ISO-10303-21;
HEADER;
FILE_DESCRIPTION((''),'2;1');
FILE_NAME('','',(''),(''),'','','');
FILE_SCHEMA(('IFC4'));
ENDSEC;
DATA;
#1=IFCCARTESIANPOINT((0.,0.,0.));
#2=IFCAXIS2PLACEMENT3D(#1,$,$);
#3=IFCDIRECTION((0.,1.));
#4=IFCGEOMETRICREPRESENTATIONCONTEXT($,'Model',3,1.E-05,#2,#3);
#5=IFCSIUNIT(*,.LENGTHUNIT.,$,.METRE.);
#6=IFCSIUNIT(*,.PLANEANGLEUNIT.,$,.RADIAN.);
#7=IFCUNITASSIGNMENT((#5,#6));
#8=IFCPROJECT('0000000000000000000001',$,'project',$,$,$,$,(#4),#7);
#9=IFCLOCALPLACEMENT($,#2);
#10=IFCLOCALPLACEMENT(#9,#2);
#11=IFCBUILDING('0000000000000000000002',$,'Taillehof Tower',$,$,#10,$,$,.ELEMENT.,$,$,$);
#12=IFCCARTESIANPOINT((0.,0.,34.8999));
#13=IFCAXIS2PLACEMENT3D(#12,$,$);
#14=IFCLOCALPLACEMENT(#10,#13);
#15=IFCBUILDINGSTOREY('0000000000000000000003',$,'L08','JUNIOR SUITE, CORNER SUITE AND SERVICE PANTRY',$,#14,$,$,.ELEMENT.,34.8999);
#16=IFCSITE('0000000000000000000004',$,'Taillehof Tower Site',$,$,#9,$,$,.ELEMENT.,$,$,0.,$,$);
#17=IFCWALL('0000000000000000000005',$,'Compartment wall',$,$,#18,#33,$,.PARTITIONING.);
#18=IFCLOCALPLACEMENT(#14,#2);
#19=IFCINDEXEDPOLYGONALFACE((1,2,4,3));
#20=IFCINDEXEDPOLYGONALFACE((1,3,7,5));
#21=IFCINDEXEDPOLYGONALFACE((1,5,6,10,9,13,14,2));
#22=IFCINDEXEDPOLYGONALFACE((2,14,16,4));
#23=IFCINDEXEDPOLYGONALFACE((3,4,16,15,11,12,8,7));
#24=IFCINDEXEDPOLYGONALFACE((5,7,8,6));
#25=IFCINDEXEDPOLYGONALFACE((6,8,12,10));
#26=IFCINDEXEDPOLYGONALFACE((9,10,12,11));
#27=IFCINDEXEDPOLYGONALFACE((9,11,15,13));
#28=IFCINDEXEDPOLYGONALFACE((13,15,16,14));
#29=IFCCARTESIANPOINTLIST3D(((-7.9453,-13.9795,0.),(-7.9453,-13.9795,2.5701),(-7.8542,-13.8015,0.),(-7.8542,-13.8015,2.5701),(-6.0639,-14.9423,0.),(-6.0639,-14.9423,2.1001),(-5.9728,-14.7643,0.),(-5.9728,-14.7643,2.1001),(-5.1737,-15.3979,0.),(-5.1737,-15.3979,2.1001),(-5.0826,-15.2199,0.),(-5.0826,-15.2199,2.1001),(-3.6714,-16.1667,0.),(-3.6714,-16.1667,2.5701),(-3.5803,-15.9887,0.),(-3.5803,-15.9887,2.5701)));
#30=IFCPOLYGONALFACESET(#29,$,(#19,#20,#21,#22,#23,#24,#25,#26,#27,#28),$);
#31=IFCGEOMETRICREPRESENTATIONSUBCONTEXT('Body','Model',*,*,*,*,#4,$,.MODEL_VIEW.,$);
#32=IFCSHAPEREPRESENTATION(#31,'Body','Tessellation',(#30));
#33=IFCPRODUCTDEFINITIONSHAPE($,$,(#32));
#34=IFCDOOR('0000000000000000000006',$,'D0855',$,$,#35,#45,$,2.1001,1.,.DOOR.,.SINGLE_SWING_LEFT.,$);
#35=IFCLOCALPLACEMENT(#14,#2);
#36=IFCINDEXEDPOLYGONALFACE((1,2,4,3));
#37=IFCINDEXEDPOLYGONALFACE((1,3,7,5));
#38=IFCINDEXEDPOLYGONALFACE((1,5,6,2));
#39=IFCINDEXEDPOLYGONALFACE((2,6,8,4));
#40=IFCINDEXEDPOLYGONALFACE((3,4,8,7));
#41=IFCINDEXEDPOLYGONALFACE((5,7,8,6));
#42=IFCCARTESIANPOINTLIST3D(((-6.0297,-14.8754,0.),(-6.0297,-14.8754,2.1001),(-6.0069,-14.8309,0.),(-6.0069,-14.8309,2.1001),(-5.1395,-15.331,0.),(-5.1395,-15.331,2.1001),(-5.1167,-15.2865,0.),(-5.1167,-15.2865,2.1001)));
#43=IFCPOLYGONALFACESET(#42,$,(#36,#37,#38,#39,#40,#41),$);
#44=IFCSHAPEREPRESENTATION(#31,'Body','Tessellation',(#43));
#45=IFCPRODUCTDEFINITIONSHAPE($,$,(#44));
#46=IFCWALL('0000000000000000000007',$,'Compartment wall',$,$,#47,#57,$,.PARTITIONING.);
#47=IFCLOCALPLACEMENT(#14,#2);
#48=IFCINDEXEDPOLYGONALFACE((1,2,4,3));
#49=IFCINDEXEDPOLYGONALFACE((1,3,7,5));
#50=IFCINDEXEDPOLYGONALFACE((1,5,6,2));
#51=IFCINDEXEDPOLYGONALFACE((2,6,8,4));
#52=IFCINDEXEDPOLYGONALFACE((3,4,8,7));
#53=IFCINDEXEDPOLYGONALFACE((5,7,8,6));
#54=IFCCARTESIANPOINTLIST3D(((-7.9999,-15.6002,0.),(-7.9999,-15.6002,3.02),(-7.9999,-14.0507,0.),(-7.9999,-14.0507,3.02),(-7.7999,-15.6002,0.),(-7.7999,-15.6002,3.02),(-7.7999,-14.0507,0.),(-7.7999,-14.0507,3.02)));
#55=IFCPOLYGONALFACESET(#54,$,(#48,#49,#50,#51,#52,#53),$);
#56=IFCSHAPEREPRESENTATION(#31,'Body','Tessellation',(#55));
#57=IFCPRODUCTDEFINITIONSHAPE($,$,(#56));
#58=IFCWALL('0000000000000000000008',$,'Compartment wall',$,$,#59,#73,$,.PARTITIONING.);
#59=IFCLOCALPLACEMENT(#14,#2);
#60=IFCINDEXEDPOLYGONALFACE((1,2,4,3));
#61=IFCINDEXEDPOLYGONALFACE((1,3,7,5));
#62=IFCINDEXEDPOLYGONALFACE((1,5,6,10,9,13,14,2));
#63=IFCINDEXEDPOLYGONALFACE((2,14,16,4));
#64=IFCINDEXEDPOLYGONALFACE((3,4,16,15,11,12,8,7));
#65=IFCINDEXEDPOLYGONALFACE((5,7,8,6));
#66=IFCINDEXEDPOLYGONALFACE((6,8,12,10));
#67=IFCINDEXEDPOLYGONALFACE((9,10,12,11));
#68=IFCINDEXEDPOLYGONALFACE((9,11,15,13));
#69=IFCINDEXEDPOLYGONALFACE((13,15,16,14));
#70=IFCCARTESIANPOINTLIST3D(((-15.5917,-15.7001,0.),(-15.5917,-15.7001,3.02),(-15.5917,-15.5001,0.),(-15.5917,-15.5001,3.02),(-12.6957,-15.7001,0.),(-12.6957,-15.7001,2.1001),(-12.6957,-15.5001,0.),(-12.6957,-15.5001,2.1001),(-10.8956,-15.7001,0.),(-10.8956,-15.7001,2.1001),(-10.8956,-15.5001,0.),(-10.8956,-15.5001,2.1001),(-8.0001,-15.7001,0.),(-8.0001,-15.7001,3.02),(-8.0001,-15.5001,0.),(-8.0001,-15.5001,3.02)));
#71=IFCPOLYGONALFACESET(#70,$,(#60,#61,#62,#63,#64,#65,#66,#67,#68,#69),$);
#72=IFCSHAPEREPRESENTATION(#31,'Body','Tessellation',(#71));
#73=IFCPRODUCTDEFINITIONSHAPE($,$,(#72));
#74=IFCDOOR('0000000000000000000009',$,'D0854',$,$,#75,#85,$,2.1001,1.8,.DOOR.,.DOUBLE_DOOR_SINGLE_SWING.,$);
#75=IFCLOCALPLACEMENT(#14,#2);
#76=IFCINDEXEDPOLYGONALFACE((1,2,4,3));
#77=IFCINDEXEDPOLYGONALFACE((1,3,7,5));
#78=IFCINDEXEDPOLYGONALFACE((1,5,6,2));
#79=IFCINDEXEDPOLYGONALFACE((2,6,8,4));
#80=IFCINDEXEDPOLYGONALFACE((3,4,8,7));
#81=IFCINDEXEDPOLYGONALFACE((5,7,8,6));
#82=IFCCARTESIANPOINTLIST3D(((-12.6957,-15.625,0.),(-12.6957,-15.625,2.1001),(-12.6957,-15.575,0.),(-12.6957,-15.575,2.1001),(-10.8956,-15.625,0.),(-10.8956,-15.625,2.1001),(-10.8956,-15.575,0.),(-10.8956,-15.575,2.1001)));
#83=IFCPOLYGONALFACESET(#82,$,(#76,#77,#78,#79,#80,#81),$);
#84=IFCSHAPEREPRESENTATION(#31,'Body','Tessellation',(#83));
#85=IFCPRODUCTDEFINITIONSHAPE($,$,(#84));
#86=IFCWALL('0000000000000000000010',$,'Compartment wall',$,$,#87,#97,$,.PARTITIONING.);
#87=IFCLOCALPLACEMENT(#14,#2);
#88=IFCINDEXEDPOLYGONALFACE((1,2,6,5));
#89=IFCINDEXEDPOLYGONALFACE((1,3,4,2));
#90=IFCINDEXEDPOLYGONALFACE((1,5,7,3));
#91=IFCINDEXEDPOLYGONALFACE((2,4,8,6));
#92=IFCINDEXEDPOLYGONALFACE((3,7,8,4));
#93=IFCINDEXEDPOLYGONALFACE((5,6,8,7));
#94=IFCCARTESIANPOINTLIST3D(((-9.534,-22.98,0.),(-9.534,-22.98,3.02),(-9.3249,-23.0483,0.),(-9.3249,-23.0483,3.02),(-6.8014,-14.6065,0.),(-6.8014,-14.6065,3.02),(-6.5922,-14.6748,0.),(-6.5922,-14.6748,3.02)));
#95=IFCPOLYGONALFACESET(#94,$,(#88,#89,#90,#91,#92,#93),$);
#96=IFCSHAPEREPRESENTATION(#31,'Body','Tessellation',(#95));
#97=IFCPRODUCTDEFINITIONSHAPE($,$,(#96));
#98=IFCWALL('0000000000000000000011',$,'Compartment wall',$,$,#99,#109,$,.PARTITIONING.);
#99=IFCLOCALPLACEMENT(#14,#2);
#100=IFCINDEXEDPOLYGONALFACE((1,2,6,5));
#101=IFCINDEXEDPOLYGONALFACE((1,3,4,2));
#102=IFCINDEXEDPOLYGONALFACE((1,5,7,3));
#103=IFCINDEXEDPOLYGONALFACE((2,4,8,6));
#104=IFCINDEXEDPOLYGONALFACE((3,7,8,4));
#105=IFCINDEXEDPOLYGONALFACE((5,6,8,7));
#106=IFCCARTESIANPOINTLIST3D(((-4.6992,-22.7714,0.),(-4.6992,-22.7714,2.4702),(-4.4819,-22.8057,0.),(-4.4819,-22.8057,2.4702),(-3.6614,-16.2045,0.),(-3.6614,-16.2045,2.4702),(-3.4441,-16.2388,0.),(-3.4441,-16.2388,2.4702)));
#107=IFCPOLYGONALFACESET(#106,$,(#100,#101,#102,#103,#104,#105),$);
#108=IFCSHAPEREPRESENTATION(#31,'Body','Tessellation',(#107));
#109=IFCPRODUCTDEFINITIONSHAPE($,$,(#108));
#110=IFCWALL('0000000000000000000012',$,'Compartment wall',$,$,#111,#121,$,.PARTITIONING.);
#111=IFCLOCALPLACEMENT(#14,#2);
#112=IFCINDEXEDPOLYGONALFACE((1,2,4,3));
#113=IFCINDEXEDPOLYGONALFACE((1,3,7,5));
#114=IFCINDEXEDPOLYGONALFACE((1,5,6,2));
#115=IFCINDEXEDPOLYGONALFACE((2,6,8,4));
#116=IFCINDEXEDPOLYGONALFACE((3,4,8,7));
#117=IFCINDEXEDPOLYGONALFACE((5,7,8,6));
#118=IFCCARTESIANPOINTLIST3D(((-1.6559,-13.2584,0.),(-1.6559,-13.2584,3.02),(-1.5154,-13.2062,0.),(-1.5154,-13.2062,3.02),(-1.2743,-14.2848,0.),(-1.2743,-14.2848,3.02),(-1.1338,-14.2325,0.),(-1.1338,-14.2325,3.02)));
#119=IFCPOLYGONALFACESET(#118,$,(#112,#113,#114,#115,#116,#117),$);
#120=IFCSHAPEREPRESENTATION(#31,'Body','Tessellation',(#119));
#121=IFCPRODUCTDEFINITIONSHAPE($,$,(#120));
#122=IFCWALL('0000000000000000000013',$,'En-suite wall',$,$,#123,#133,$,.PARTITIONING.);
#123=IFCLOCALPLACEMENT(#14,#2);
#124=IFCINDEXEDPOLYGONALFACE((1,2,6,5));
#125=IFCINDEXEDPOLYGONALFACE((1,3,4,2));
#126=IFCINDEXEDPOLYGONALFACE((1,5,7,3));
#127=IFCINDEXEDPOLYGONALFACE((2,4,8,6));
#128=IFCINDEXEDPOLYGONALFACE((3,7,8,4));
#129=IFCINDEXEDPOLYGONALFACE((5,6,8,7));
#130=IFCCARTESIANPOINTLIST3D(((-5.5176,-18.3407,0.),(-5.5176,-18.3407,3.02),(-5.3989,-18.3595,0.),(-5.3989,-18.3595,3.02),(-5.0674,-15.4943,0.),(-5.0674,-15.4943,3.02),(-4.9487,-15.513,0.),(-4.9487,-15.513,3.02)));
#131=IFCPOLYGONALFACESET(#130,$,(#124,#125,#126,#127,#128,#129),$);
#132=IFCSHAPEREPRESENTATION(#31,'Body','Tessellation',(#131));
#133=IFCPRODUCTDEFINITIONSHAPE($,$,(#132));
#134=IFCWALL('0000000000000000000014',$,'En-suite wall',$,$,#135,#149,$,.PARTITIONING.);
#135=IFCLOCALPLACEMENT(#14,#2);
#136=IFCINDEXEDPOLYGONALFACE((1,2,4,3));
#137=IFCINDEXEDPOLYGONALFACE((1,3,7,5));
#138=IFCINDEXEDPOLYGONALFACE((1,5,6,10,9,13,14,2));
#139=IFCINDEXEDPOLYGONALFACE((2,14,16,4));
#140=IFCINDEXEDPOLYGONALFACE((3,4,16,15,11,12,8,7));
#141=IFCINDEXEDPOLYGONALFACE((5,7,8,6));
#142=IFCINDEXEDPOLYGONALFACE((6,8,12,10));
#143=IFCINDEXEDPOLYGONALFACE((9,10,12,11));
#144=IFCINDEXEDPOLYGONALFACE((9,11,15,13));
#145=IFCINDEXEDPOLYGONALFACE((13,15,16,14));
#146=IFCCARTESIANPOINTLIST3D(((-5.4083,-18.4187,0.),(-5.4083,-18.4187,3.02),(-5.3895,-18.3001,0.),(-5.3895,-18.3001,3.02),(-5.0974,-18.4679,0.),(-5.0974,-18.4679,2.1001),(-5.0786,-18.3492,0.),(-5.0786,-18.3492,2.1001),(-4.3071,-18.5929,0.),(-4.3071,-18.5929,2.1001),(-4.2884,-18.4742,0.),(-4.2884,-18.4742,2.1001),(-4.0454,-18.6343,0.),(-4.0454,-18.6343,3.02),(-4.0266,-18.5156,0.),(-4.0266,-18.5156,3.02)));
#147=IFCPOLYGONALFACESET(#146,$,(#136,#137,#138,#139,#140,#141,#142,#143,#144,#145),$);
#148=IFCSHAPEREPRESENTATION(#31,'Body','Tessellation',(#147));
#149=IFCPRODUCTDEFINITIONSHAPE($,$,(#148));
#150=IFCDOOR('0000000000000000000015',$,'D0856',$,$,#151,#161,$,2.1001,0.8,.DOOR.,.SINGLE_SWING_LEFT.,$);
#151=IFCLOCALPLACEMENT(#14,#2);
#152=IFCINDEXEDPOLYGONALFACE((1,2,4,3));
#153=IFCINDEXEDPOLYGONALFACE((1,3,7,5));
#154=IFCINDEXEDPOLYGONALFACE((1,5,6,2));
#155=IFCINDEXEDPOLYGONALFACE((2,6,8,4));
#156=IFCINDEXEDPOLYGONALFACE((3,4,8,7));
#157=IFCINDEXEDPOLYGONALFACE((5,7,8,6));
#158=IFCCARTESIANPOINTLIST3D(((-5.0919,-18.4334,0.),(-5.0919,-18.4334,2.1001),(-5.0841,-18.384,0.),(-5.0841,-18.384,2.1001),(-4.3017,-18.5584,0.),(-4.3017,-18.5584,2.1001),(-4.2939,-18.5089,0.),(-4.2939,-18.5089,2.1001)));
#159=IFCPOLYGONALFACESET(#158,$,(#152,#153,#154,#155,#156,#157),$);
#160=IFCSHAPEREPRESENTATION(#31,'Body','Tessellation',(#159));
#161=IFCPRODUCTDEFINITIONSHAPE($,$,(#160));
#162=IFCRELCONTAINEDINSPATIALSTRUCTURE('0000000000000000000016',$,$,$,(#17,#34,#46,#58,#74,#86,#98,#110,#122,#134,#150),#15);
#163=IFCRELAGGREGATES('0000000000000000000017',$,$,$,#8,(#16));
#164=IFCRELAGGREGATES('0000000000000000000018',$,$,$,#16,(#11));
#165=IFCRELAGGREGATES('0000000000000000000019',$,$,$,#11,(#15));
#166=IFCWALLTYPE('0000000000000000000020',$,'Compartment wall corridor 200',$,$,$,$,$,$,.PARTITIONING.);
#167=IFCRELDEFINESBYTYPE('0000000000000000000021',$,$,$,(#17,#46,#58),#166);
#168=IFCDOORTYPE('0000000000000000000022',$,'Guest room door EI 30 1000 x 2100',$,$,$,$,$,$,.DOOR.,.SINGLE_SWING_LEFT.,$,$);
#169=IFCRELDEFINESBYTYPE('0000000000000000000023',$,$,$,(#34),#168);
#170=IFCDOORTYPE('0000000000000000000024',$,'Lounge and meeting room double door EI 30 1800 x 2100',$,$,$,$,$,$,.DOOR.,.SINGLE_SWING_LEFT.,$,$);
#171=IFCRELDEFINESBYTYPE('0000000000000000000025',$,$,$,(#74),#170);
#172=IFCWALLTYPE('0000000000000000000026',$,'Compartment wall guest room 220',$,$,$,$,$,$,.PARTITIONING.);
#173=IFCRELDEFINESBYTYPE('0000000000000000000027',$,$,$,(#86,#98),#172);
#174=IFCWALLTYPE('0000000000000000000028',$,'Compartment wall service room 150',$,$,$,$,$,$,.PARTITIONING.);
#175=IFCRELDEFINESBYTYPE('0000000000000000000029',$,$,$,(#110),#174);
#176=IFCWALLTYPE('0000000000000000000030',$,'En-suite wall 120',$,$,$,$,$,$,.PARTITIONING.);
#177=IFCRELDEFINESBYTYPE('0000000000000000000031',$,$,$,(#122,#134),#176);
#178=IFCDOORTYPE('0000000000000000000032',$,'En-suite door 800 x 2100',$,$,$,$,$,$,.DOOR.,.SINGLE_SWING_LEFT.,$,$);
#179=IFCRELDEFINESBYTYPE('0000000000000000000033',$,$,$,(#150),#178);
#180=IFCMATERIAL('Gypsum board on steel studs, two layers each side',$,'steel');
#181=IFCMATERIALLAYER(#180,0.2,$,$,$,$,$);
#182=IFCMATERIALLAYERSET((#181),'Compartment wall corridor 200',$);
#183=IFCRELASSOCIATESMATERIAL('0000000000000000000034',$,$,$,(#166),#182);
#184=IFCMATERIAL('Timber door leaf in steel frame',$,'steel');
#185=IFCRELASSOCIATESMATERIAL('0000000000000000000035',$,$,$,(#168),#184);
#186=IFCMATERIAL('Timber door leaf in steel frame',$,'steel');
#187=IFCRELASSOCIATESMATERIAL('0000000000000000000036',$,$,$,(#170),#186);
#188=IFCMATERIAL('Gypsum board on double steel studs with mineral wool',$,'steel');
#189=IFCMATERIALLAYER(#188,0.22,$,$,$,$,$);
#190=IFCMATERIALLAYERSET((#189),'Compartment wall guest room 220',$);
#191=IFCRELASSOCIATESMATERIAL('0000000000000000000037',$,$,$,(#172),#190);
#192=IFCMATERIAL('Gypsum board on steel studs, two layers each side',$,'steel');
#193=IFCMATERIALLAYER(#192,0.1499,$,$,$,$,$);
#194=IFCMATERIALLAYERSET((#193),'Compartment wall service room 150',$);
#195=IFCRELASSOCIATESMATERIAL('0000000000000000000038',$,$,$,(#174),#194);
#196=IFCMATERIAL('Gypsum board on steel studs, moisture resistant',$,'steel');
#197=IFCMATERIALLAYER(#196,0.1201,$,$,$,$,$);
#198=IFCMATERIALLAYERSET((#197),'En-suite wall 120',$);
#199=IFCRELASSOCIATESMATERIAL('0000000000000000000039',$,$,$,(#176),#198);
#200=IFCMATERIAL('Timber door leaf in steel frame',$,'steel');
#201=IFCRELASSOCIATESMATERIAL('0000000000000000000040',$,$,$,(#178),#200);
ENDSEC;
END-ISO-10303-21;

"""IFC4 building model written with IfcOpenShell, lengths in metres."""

from ifc_helpers import new_model, si_unit, direction, frame, frame_2d, origin, place, context, subcontext, project, spatial, rectangle, extrude, material, layer, layer_set, type_object, element, fill, save


model = new_model("IFC4")

# Units and contexts
model_context = context("Model", 3, precision=1e-05, world=origin(), true_north=direction((0.0, 1.0)))
body_context = subcontext(model_context, "Body", "Model", "MODEL_VIEW")
ifc_project = project(units=[si_unit("LENGTHUNIT", "METRE"), si_unit("PLANEANGLEUNIT", "RADIAN")], contexts=[model_context])

# Site, building, storey
site_placement = place(None, origin())
site = spatial("IfcSite", under=ifc_project, at=site_placement, Name="Taillehof Tower Site", CompositionType="ELEMENT", RefElevation=0.0)
building_placement = place(site_placement, origin())
building = spatial("IfcBuilding", under=site, at=building_placement, Name="Taillehof Tower", CompositionType="ELEMENT")
storey_placement = place(building_placement, frame((0.0, 0.0, 34.8999)))
storey = spatial("IfcBuildingStorey", under=building, at=storey_placement, Name="L08", Description="JUNIOR SUITE, CORNER SUITE AND SERVICE PANTRY", CompositionType="ELEMENT", Elevation=34.8999)

# Wall, opening, door
ifc_material_1 = material(Name="Gypsum board on steel studs, two layers each side", Category="steel")
ifc_layer_1 = layer(ifc_material_1, 0.2)
ifc_layer_set_1 = layer_set([ifc_layer_1], Name="Compartment wall corridor 200")
wall_type_1 = type_object("IfcWallType", Name="Compartment wall corridor 200", PredefinedType="PARTITIONING", material=ifc_layer_set_1)
wall_1_placement = place(storey_placement, frame((-3.626, -16.0776, 0.0), z_axis=(0.0, 0.0, 1.0), x_axis=(-0.890198, 0.455574, 0.0)))
wall_1 = element("IfcWall", 1, at=wall_1_placement, inside=storey, type_object=wall_type_1, Name="Compartment wall", PredefinedType="PARTITIONING", context=body_context, shape_type="SweptSolid", body=[
    extrude(rectangle(XDim=4.801, YDim=0.2, at=frame_2d((2.4004, 0.0))), origin(), (0.0, 0.0, 1.0), 2.5701),
])
opening_1_placement = place(wall_1_placement, frame((1.6875, 0.0, 0.0)))
opening_1 = element("IfcOpeningElement", 2, at=opening_1_placement, cuts=wall_1, PredefinedType="OPENING", context=body_context, shape_type="SweptSolid", body=[
    extrude(rectangle(XDim=1.0, YDim=2.1001, at=frame_2d((0.5, 1.05))), frame((0.0, 0.1099, 0.0), z_axis=(0.0, -1.0, 0.0), x_axis=(1.0, 0.0, 0.0)), (0.0, 0.0, 1.0), 0.22),
])
ifc_material_2 = material(Name="Timber door leaf in steel frame", Category="steel")
door_type_1 = type_object("IfcDoorType", Name="Guest room door EI 30 1000 x 2100", OperationType="SINGLE_SWING_LEFT", PredefinedType="DOOR", material=ifc_material_2)
door_1_placement = place(opening_1_placement, origin())
door_1 = element("IfcDoor", 3, at=door_1_placement, inside=storey, type_object=door_type_1, Name="D0855", OperationType="SINGLE_SWING_LEFT", OverallHeight=2.1001, OverallWidth=1.0, PredefinedType="DOOR", context=body_context, shape_type="SweptSolid", body=[
    extrude(rectangle(XDim=1.0, YDim=2.1001, at=frame_2d((0.5, 1.05))), frame((0.0, 0.0249, 0.0), z_axis=(0.0, -1.0, 0.0), x_axis=(1.0, 0.0, 0.0)), (0.0, 0.0, 1.0), 0.05),
])
fill(opening_1, door_1)

# Wall
wall_2_placement = place(storey_placement, frame((-7.8999, -14.0505, 0.0), z_axis=(0.0, 0.0, 1.0), x_axis=(0.0, -1.0, 0.0)))
element("IfcWall", 4, at=wall_2_placement, inside=storey, type_object=wall_type_1, Name="Compartment wall", PredefinedType="PARTITIONING", context=body_context, shape_type="SweptSolid", body=[
    extrude(rectangle(XDim=1.5496, YDim=0.2, at=frame_2d((0.7749, 0.0))), origin(), (0.0, 0.0, 1.0), 3.02),
])

# Wall, opening, door
wall_3_placement = place(storey_placement, frame((-8.0, -15.6001, 0.0), z_axis=(0.0, 0.0, 1.0), x_axis=(-1.0, 0.0, 0.0)))
wall_3 = element("IfcWall", 5, at=wall_3_placement, inside=storey, type_object=wall_type_1, Name="Compartment wall", PredefinedType="PARTITIONING", context=body_context, shape_type="SweptSolid", body=[
    extrude(rectangle(XDim=7.5916, YDim=0.2, at=frame_2d((3.7959, 0.0))), origin(), (0.0, 0.0, 1.0), 3.02),
])
opening_2_placement = place(wall_3_placement, frame((2.8958, 0.0, 0.0)))
opening_2 = element("IfcOpeningElement", 6, at=opening_2_placement, cuts=wall_3, PredefinedType="OPENING", context=body_context, shape_type="SweptSolid", body=[
    extrude(rectangle(XDim=1.8, YDim=2.1001, at=frame_2d((0.8999, 1.05))), frame((0.0, 0.1099, 0.0), z_axis=(0.0, -1.0, 0.0), x_axis=(1.0, 0.0, 0.0)), (0.0, 0.0, 1.0), 0.22),
])
ifc_material_3 = material(Name="Timber door leaf in steel frame", Category="steel")
door_type_2 = type_object("IfcDoorType", Name="Lounge and meeting room double door EI 30 1800 x 2100", OperationType="SINGLE_SWING_LEFT", PredefinedType="DOOR", material=ifc_material_3)
door_2_placement = place(opening_2_placement, origin())
door_2 = element("IfcDoor", 7, at=door_2_placement, inside=storey, type_object=door_type_2, Name="D0854", OperationType="DOUBLE_DOOR_SINGLE_SWING", OverallHeight=2.1001, OverallWidth=1.8, PredefinedType="DOOR", context=body_context, shape_type="SweptSolid", body=[
    extrude(rectangle(XDim=1.8, YDim=2.1001, at=frame_2d((0.8999, 1.05))), frame((0.0, 0.0249, 0.0), z_axis=(0.0, -1.0, 0.0), x_axis=(1.0, 0.0, 0.0)), (0.0, 0.0, 1.0), 0.05),
])
fill(opening_2, door_2)

# Walls
ifc_material_4 = material(Name="Gypsum board on double steel studs with mineral wool", Category="steel")
ifc_layer_2 = layer(ifc_material_4, 0.22)
ifc_layer_set_2 = layer_set([ifc_layer_2], Name="Compartment wall guest room 220")
wall_type_2 = type_object("IfcWallType", Name="Compartment wall guest room 220", PredefinedType="PARTITIONING", material=ifc_layer_set_2)
wall_4_placement = place(storey_placement, frame((-9.4294, -23.0142, 0.0), z_axis=(0.0, 0.0, 1.0), x_axis=(0.310243, 0.950657, 0.0)))
element("IfcWall", 8, at=wall_4_placement, inside=storey, type_object=wall_type_2, Name="Compartment wall", PredefinedType="PARTITIONING", context=body_context, shape_type="SweptSolid", body=[
    extrude(rectangle(XDim=8.8081, YDim=0.22, at=frame_2d((4.4041, 0.0))), origin(), (0.0, 0.0, 1.0), 3.02),
])
wall_5_placement = place(storey_placement, frame((-4.5906, -22.7886, 0.0), z_axis=(0.0, 0.0, 1.0), x_axis=(0.156104, 0.987741, 0.0)))
element("IfcWall", 9, at=wall_5_placement, inside=storey, type_object=wall_type_2, Name="Compartment wall", PredefinedType="PARTITIONING", context=body_context, shape_type="SweptSolid", body=[
    extrude(rectangle(XDim=6.6484, YDim=0.22, at=frame_2d((3.3242, 0.0))), origin(), (0.0, 0.0, 1.0), 2.4702),
])
ifc_material_5 = material(Name="Gypsum board on steel studs, two layers each side", Category="steel")
ifc_layer_3 = layer(ifc_material_5, 0.1499)
ifc_layer_set_3 = layer_set([ifc_layer_3], Name="Compartment wall service room 150")
wall_type_3 = type_object("IfcWallType", Name="Compartment wall service room 150", PredefinedType="PARTITIONING", material=ifc_layer_set_3)
wall_6_placement = place(storey_placement, frame((-1.2041, -14.2585, 0.0), z_axis=(0.0, 0.0, 1.0), x_axis=(-0.348483, 0.937315, 0.0)))
element("IfcWall", 10, at=wall_6_placement, inside=storey, type_object=wall_type_3, Name="Compartment wall", PredefinedType="PARTITIONING", context=body_context, shape_type="SweptSolid", body=[
    extrude(rectangle(XDim=1.095, YDim=0.1499, at=frame_2d((0.5474, 0.0))), origin(), (0.0, 0.0, 1.0), 3.02),
])
ifc_material_6 = material(Name="Gypsum board on steel studs, moisture resistant", Category="steel")
ifc_layer_4 = layer(ifc_material_6, 0.1201)
ifc_layer_set_4 = layer_set([ifc_layer_4], Name="En-suite wall 120")
wall_type_4 = type_object("IfcWallType", Name="En-suite wall 120", PredefinedType="PARTITIONING", material=ifc_layer_set_4)
wall_7_placement = place(storey_placement, frame((-5.0081, -15.5037, 0.0), z_axis=(0.0, 0.0, 1.0), x_axis=(-0.156219, -0.987722, 0.0)))
element("IfcWall", 11, at=wall_7_placement, inside=storey, type_object=wall_type_4, Name="En-suite wall", PredefinedType="PARTITIONING", context=body_context, shape_type="SweptSolid", body=[
    extrude(rectangle(XDim=2.8818, YDim=0.1201, at=frame_2d((1.4409, 0.0))), origin(), (0.0, 0.0, 1.0), 3.02),
])

# Wall, opening, door
wall_8_placement = place(storey_placement, frame((-5.3989, -18.3594, 0.0), z_axis=(0.0, 0.0, 1.0), x_axis=(0.987723, -0.156217, 0.0)))
wall_8 = element("IfcWall", 12, at=wall_8_placement, inside=storey, type_object=wall_type_4, Name="En-suite wall", PredefinedType="PARTITIONING", context=body_context, shape_type="SweptSolid", body=[
    extrude(rectangle(XDim=1.3799, YDim=0.1201, at=frame_2d((0.6899, 0.0))), origin(), (0.0, 0.0, 1.0), 3.02),
])
opening_3_placement = place(wall_8_placement, frame((0.3149, 0.0, 0.0)))
opening_3 = element("IfcOpeningElement", 13, at=opening_3_placement, cuts=wall_8, PredefinedType="OPENING", context=body_context, shape_type="SweptSolid", body=[
    extrude(rectangle(XDim=0.8, YDim=2.1001, at=frame_2d((0.3999, 1.05))), frame((0.0, 0.0701, 0.0), z_axis=(0.0, -1.0, 0.0), x_axis=(1.0, 0.0, 0.0)), (0.0, 0.0, 1.0), 0.1401),
])
ifc_material_7 = material(Name="Timber door leaf in steel frame", Category="steel")
door_type_3 = type_object("IfcDoorType", Name="En-suite door 800 x 2100", OperationType="SINGLE_SWING_LEFT", PredefinedType="DOOR", material=ifc_material_7)
door_3_placement = place(opening_3_placement, origin())
door_3 = element("IfcDoor", 14, at=door_3_placement, inside=storey, type_object=door_type_3, Name="D0856", OperationType="SINGLE_SWING_LEFT", OverallHeight=2.1001, OverallWidth=0.8, PredefinedType="DOOR", context=body_context, shape_type="SweptSolid", body=[
    extrude(rectangle(XDim=0.8, YDim=2.1001, at=frame_2d((0.3999, 1.05))), frame((0.0, 0.0249, 0.0), z_axis=(0.0, -1.0, 0.0), x_axis=(1.0, 0.0, 0.0)), (0.0, 0.0, 1.0), 0.05),
])
fill(opening_3, door_3)

save(model, "model.ifc")
